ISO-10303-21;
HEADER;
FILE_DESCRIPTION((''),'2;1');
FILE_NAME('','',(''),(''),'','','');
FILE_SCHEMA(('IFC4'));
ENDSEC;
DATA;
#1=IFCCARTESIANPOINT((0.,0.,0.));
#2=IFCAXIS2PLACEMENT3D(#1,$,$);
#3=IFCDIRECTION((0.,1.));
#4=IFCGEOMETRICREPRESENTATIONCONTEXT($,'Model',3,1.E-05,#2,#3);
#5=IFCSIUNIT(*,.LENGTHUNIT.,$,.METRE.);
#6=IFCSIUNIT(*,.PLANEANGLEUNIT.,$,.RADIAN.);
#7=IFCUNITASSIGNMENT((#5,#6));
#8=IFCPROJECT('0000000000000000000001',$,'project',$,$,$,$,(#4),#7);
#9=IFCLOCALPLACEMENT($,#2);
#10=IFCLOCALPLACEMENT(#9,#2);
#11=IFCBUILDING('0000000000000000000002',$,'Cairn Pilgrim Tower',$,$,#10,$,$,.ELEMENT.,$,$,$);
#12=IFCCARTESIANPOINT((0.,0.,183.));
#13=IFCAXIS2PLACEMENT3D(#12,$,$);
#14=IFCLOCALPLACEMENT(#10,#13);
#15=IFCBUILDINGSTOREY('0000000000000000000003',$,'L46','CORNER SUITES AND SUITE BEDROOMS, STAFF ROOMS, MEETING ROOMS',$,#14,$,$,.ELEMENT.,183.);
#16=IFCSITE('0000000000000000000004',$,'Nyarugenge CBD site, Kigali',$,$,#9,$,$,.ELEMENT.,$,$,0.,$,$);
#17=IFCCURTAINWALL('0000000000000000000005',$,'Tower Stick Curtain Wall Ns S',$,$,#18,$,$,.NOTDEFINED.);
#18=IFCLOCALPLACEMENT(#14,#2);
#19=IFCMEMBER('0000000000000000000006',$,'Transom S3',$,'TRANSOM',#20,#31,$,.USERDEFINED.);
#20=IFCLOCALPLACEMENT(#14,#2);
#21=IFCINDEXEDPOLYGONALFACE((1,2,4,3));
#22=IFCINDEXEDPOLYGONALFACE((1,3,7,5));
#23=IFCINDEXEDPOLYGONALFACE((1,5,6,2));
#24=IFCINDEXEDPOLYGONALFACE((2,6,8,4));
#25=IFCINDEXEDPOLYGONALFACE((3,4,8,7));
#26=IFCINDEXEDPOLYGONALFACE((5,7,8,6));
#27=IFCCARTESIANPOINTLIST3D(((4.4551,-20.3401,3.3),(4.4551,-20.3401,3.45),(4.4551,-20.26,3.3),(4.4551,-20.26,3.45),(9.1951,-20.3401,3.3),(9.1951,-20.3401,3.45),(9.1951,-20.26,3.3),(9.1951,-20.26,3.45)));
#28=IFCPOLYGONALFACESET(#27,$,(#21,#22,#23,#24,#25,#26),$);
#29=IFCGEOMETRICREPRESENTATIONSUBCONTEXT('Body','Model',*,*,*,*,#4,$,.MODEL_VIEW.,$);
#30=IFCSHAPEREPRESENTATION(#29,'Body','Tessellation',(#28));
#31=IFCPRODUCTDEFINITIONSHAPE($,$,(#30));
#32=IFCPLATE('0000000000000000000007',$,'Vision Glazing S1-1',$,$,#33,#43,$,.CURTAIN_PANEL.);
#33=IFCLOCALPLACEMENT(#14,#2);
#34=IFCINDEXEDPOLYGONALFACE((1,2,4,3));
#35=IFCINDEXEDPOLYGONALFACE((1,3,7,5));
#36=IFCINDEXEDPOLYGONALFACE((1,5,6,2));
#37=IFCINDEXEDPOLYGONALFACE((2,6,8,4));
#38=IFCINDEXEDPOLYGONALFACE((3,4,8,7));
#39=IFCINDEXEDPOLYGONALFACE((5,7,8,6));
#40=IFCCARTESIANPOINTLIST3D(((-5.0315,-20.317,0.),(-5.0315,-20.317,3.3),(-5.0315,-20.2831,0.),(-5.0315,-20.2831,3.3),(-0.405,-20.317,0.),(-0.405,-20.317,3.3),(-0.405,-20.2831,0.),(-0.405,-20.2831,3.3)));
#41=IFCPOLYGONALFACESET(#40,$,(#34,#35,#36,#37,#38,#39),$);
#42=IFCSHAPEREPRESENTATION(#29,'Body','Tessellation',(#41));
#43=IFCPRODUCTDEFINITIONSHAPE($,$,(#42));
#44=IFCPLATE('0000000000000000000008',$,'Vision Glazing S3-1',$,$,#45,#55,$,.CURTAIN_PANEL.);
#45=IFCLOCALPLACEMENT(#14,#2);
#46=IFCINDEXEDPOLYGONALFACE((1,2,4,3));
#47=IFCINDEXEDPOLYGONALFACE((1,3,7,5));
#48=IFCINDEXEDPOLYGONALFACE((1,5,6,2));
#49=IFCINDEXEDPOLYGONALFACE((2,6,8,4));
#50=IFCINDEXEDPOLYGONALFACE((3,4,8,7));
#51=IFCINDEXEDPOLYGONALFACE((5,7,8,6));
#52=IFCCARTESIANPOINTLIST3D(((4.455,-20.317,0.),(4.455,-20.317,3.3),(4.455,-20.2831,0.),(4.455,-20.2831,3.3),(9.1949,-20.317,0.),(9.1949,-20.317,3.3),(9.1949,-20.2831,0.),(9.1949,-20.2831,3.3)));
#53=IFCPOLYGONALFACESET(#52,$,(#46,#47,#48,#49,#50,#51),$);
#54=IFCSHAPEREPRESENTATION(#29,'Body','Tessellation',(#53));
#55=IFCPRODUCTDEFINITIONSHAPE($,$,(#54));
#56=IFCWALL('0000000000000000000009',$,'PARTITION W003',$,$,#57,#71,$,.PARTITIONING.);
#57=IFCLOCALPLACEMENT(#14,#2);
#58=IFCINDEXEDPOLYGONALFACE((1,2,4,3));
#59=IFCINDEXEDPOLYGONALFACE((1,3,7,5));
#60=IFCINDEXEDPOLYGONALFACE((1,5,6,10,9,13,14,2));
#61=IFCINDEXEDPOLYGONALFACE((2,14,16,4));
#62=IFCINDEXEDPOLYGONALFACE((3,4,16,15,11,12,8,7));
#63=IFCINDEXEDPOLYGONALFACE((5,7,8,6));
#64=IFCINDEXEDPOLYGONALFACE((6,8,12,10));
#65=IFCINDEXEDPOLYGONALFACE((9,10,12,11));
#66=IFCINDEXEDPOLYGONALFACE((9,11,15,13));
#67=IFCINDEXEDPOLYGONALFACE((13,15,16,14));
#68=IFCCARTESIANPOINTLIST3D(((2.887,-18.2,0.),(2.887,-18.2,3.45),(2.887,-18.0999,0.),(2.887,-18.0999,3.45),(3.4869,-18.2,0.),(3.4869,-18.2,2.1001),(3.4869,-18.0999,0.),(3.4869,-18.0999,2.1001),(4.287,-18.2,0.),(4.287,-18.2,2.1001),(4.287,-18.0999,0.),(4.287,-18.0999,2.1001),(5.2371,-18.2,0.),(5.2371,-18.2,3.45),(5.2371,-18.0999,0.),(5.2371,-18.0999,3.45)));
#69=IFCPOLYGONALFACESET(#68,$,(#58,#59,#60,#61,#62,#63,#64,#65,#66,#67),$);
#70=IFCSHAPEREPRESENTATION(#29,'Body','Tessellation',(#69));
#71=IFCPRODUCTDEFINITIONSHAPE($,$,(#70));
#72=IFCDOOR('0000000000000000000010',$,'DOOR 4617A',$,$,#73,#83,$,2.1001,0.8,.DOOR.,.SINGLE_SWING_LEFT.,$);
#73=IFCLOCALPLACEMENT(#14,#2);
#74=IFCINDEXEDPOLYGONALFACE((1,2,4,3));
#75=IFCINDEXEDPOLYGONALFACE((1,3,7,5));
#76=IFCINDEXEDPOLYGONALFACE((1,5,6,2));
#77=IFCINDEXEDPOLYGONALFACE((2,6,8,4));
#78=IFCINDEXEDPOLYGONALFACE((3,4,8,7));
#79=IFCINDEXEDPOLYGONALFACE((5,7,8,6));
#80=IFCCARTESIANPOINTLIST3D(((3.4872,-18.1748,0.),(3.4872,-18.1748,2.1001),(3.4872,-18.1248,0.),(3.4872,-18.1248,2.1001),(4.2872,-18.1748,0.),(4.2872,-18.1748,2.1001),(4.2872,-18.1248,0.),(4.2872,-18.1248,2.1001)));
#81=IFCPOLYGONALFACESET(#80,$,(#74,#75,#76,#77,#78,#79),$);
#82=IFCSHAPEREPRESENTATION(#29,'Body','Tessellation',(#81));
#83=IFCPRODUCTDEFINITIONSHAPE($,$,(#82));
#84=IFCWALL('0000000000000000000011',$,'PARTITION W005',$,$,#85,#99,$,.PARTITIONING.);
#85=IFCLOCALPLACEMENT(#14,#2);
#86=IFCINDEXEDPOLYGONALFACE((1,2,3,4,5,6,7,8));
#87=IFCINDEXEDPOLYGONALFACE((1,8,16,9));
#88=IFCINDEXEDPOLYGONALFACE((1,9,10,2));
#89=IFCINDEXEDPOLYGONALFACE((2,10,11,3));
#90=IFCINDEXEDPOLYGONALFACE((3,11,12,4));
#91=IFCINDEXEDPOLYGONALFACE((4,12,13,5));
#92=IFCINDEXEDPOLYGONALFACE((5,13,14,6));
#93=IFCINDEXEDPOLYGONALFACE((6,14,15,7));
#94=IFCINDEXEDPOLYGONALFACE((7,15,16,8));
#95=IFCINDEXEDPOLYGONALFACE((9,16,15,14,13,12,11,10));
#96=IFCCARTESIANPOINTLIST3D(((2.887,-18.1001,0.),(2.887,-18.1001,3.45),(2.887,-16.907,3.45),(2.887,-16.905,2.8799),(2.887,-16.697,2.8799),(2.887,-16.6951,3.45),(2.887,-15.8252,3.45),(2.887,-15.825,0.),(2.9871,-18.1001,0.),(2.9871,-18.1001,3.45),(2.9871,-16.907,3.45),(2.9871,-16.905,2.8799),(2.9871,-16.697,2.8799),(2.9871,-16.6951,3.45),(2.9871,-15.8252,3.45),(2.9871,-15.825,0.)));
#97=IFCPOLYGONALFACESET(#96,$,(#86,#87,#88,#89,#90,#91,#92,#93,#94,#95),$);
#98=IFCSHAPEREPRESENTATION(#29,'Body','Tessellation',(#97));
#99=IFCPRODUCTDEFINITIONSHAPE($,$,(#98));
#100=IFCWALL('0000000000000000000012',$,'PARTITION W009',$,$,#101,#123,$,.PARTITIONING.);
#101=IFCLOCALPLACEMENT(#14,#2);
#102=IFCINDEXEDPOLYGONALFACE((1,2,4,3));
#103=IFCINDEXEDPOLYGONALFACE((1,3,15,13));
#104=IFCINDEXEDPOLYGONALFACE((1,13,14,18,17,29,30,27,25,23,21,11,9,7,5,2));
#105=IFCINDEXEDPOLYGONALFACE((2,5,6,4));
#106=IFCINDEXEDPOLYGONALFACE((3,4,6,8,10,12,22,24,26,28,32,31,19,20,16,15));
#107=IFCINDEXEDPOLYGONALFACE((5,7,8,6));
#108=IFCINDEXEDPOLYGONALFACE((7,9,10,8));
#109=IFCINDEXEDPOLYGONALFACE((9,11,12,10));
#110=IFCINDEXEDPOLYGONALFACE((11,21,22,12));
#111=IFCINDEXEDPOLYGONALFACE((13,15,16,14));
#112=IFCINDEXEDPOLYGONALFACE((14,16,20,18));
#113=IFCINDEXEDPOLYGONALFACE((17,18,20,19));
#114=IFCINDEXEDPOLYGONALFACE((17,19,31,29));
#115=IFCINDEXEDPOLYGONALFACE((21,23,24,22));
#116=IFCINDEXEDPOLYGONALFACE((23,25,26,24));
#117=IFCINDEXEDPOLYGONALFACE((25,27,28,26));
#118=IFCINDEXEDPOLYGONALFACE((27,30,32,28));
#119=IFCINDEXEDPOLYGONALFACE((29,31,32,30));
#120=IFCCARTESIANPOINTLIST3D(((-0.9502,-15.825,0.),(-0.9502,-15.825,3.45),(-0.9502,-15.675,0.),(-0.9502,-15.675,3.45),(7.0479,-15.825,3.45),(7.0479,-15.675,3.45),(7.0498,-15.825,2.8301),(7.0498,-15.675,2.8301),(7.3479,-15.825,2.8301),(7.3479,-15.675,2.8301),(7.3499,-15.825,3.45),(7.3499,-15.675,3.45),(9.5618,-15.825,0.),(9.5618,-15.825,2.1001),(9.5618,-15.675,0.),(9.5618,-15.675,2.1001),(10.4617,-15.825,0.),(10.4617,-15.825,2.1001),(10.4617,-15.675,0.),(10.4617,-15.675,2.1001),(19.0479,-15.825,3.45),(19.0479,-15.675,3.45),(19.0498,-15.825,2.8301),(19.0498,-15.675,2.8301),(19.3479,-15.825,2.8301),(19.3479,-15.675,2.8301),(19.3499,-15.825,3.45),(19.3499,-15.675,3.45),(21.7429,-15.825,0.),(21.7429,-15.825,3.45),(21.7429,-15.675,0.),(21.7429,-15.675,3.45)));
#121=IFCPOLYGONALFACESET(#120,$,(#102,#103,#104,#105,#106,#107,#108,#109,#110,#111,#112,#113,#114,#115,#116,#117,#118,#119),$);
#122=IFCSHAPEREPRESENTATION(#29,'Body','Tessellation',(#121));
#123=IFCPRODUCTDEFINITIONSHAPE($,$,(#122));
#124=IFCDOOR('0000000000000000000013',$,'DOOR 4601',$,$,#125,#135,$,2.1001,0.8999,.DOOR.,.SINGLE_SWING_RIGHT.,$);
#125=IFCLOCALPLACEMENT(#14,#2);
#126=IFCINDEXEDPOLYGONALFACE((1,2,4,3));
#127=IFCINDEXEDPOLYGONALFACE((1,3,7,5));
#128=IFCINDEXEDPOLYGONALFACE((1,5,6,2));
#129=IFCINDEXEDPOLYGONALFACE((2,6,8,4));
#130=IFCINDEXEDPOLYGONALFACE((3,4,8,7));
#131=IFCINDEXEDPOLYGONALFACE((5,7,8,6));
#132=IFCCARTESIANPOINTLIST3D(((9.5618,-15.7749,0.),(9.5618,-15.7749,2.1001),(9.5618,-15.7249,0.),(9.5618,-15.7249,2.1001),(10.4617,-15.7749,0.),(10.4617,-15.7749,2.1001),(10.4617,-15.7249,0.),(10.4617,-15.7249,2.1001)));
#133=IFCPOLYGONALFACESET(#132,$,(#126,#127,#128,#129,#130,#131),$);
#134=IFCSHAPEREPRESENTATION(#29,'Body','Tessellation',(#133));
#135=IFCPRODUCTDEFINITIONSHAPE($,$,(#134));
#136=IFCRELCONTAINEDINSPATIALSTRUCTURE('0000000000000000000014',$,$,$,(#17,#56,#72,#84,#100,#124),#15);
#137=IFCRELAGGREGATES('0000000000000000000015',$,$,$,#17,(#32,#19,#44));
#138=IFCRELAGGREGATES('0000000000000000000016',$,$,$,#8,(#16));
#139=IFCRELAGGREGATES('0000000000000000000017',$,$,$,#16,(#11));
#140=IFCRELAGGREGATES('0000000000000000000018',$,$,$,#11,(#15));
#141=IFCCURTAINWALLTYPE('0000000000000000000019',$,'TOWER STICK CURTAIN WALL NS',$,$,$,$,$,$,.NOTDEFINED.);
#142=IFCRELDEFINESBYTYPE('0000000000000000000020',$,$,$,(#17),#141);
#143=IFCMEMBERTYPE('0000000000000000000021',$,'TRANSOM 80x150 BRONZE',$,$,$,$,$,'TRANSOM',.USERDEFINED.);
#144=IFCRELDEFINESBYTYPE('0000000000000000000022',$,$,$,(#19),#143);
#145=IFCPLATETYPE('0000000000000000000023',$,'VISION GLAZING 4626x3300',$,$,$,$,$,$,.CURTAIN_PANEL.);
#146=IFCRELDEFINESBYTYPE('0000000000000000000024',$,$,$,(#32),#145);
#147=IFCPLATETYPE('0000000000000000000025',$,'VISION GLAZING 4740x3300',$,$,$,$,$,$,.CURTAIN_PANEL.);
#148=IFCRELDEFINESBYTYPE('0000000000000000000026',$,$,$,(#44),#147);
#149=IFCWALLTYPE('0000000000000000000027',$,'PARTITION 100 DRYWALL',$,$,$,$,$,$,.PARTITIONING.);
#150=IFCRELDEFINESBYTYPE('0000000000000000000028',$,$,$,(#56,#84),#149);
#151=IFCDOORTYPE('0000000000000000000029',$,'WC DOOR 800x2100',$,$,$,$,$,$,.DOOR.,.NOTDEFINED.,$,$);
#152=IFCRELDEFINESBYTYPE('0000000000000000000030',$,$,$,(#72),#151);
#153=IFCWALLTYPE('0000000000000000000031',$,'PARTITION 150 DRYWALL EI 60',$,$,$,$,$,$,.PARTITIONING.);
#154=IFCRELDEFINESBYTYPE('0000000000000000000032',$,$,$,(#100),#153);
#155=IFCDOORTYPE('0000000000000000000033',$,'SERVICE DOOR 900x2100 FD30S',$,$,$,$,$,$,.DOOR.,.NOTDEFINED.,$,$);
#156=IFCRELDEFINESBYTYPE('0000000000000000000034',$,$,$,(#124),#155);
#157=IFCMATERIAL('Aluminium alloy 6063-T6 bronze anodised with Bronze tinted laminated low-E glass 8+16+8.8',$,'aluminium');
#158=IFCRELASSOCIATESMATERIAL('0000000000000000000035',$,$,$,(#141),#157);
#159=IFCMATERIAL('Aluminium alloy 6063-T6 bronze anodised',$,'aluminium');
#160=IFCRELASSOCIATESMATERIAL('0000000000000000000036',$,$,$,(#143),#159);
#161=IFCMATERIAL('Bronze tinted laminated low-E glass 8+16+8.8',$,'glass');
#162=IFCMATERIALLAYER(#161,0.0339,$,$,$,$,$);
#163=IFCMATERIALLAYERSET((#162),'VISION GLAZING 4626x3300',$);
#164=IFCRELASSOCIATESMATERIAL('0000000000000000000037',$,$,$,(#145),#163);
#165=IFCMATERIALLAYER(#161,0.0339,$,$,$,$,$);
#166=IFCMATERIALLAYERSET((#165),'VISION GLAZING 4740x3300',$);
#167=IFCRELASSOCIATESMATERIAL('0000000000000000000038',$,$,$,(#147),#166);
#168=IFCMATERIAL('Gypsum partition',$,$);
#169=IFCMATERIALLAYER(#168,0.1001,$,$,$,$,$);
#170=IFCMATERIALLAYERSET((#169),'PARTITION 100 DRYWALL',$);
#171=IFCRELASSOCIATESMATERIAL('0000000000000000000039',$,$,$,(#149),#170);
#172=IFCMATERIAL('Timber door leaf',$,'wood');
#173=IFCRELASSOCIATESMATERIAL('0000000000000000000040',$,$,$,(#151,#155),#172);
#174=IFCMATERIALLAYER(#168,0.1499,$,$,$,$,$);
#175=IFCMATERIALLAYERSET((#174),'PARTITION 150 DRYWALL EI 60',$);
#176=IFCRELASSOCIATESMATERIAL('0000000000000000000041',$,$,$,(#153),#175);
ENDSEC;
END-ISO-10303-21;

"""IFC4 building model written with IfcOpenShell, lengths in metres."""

from ifc_helpers import new_model, si_unit, direction, frame, frame_2d, origin, origin_2d, place, context, subcontext, project, spatial, polyline, rectangle, outline, extrude, material, layer, layer_set, material_profile, profile_set, type_object, element, fill, aggregate, save


model = new_model("IFC4")

# Units and contexts
model_context = context("Model", 3, precision=1e-05, world=origin(), true_north=direction((0.0, 1.0)))
body_context = subcontext(model_context, "Body", "Model", "MODEL_VIEW")
ifc_project = project(units=[si_unit("LENGTHUNIT", "METRE"), si_unit("PLANEANGLEUNIT", "RADIAN")], contexts=[model_context])

# Site, building, storey
site_placement = place(None, origin())
site = spatial("IfcSite", under=ifc_project, at=site_placement, Name="Nyarugenge CBD site, Kigali", CompositionType="ELEMENT", RefElevation=0.0)
building_placement = place(site_placement, origin())
building = spatial("IfcBuilding", under=site, at=building_placement, Name="Cairn Pilgrim Tower", CompositionType="ELEMENT")
storey_placement = place(building_placement, frame((0.0, 0.0, 183.0)))
storey = spatial("IfcBuildingStorey", under=building, at=storey_placement, Name="L46", Description="CORNER SUITES AND SUITE BEDROOMS, STAFF ROOMS, MEETING ROOMS", CompositionType="ELEMENT", Elevation=183.0)

# Curtain wall
ifc_material_1 = material(Name="Aluminium alloy 6063-T6 bronze anodised with Bronze tinted laminated low-E glass 8+16+8.8", Category="aluminium")
curtain_wall_type = type_object("IfcCurtainWallType", Name="TOWER STICK CURTAIN WALL NS", PredefinedType="NOTDEFINED", material=ifc_material_1)
curtain_wall_placement = place(storey_placement, origin())
curtain_wall = element("IfcCurtainWall", 1, at=curtain_wall_placement, inside=storey, type_object=curtain_wall_type, Name="Tower Stick Curtain Wall Ns S", PredefinedType="NOTDEFINED")
ifc_material_2 = material(Name="Aluminium alloy 6063-T6 bronze anodised", Category="aluminium")

# Member
ifc_material_profile_1 = material_profile(ifc_material_2, rectangle(XDim=0.0801, YDim=0.1499, at=origin_2d()), Name="TRANSOM 80x150 BRONZE")
ifc_profile_set_1 = profile_set([ifc_material_profile_1], Name="Aluminium alloy 6063-T6 bronze anodised")
member_type_1 = type_object("IfcMemberType", Name="TRANSOM 80x150 BRONZE", ElementType="TRANSOM", PredefinedType="USERDEFINED", material=ifc_profile_set_1)
member_1_placement = place(storey_placement, frame((4.4551, -20.3, 3.375), z_axis=(1.0, 0.0, 0.0), x_axis=(0.0, 1.0, 0.0)))
member_1 = element("IfcMember", 2, at=member_1_placement, type_object=member_type_1, Name="Transom S3", ObjectType="TRANSOM", PredefinedType="USERDEFINED", context=body_context, shape_type="SweptSolid", body=[
    extrude(rectangle(XDim=0.0801, YDim=0.1499, at=origin_2d()), origin(), (0.0, 0.0, 1.0), 4.74),
])

# Plates
ifc_material_3 = material(Name="Bronze tinted laminated low-E glass 8+16+8.8", Category="glass")
ifc_layer_1 = layer(ifc_material_3, 0.0339)
ifc_layer_set_1 = layer_set([ifc_layer_1], Name="VISION GLAZING 4626x3300")
plate_type_1 = type_object("IfcPlateType", Name="VISION GLAZING 4626x3300", PredefinedType="CURTAIN_PANEL", material=ifc_layer_set_1)
plate_1_placement = place(storey_placement, frame((-2.7183, -20.3, 0.0), z_axis=(0.0, 0.0, 1.0), x_axis=(1.0, 0.0, 0.0)))
plate_1 = element("IfcPlate", 3, at=plate_1_placement, type_object=plate_type_1, Name="Vision Glazing S1-1", PredefinedType="CURTAIN_PANEL", context=body_context, shape_type="SweptSolid", body=[
    extrude(rectangle(XDim=4.6265, YDim=0.0339, at=origin_2d()), origin(), (0.0, 0.0, 1.0), 3.3),
])
ifc_layer_2 = layer(ifc_material_3, 0.0339)
ifc_layer_set_2 = layer_set([ifc_layer_2], Name="VISION GLAZING 4740x3300")
plate_type_2 = type_object("IfcPlateType", Name="VISION GLAZING 4740x3300", PredefinedType="CURTAIN_PANEL", material=ifc_layer_set_2)
plate_2_placement = place(storey_placement, frame((6.825, -20.3, 0.0), z_axis=(0.0, 0.0, 1.0), x_axis=(1.0, 0.0, 0.0)))
plate_2 = element("IfcPlate", 4, at=plate_2_placement, type_object=plate_type_2, Name="Vision Glazing S3-1", PredefinedType="CURTAIN_PANEL", context=body_context, shape_type="SweptSolid", body=[
    extrude(rectangle(XDim=4.74, YDim=0.0339, at=origin_2d()), origin(), (0.0, 0.0, 1.0), 3.3),
])
aggregate(curtain_wall, [plate_1, member_1, plate_2])

# Wall, opening, door
ifc_material_4 = material(Name="Gypsum partition")
ifc_layer_3 = layer(ifc_material_4, 0.1001)
ifc_layer_set_3 = layer_set([ifc_layer_3], Name="PARTITION 100 DRYWALL")
wall_type_1 = type_object("IfcWallType", Name="PARTITION 100 DRYWALL", PredefinedType="PARTITIONING", material=ifc_layer_set_3)
wall_1_placement = place(storey_placement, frame((2.887, -18.1499, 0.0), z_axis=(0.0, 0.0, 1.0), x_axis=(1.0, 0.0, 0.0)))
wall_1 = element("IfcWall", 5, at=wall_1_placement, inside=storey, type_object=wall_type_1, Name="PARTITION W003", PredefinedType="PARTITIONING", context=body_context, shape_type="SweptSolid", body=[
    extrude(rectangle(XDim=2.3501, YDim=0.1001, at=frame_2d((1.175, 0.0))), origin(), (0.0, 0.0, 1.0), 3.45),
])
opening_1_placement = place(wall_1_placement, frame((0.6001, 0.0, 0.0)))
opening_1 = element("IfcOpeningElement", 6, at=opening_1_placement, cuts=wall_1, PredefinedType="OPENING", context=body_context, shape_type="SweptSolid", body=[
    extrude(rectangle(XDim=0.8, YDim=2.1001, at=frame_2d((0.3999, 1.05))), frame((0.0, 0.0601, 0.0), z_axis=(0.0, -1.0, 0.0), x_axis=(1.0, 0.0, 0.0)), (0.0, 0.0, 1.0), 0.1201),
])
ifc_material_5 = material(Name="Timber door leaf", Category="wood")
door_type_1 = type_object("IfcDoorType", Name="WC DOOR 800x2100", OperationType="NOTDEFINED", PredefinedType="DOOR", material=ifc_material_5)
door_1_placement = place(opening_1_placement, frame((0.8, 0.0, 0.0), z_axis=(0.0, 0.0, 1.0), x_axis=(-1.0, 0.0, 0.0)))
door_1 = element("IfcDoor", 7, at=door_1_placement, inside=storey, type_object=door_type_1, Name="DOOR 4617A", OperationType="SINGLE_SWING_LEFT", OverallHeight=2.1001, OverallWidth=0.8, PredefinedType="DOOR", context=body_context, shape_type="SweptSolid", body=[
    extrude(rectangle(XDim=0.8, YDim=2.1001, at=frame_2d((0.3999, 1.05))), frame((0.0, 0.0249, 0.0), z_axis=(0.0, -1.0, 0.0), x_axis=(1.0, 0.0, 0.0)), (0.0, 0.0, 1.0), 0.05),
])
fill(opening_1, door_1)

# Wall
wall_2_placement = place(storey_placement, frame((2.937, -18.1001, 0.0), z_axis=(0.0, 0.0, 1.0), x_axis=(0.0, 1.0, 0.0)))
element("IfcWall", 8, at=wall_2_placement, inside=storey, type_object=wall_type_1, Name="PARTITION W005", PredefinedType="PARTITIONING", context=body_context, shape_type="SweptSolid", body=[
    extrude(outline(polyline([(0.0, 0.0), (2.2751, 0.0), (2.2749, 3.45), (1.405, 3.45), (1.4031, 2.8799), (1.1951, 2.8799), (1.1931, 3.45), (0.0, 3.45), (0.0, 0.0)])), frame((0.0, 0.05, 0.0), z_axis=(0.0, -1.0, 0.0), x_axis=(1.0, 0.0, 0.0)), (0.0, 0.0, 1.0), 0.1001),
])

# Wall, opening, door
ifc_layer_4 = layer(ifc_material_4, 0.1499)
ifc_layer_set_4 = layer_set([ifc_layer_4], Name="PARTITION 150 DRYWALL EI 60")
wall_type_2 = type_object("IfcWallType", Name="PARTITION 150 DRYWALL EI 60", PredefinedType="PARTITIONING", material=ifc_layer_set_4)
wall_3_placement = place(storey_placement, frame((-0.9502, -15.75, 0.0), z_axis=(0.0, 0.0, 1.0), x_axis=(1.0, 0.0, 0.0)))
wall_3 = element("IfcWall", 9, at=wall_3_placement, inside=storey, type_object=wall_type_2, Name="PARTITION W009", PredefinedType="PARTITIONING", context=body_context, shape_type="SweptSolid", body=[
    extrude(outline(polyline([(0.0, 0.0), (22.6931, 0.0), (22.6931, 3.45), (20.3, 3.45), (20.2981, 2.8301), (20.0, 2.8301), (19.998, 3.45), (8.3, 3.45), (8.2981, 2.8301), (8.0, 2.8301), (7.998, 3.45), (0.0, 3.45), (0.0, 0.0)])), frame((0.0, 0.075, 0.0), z_axis=(0.0, -1.0, 0.0), x_axis=(1.0, 0.0, 0.0)), (0.0, 0.0, 1.0), 0.1499),
])
opening_2_placement = place(wall_3_placement, frame((10.512, 0.0, 0.0)))
opening_2 = element("IfcOpeningElement", 10, at=opening_2_placement, cuts=wall_3, PredefinedType="OPENING", context=body_context, shape_type="SweptSolid", body=[
    extrude(rectangle(XDim=0.8999, YDim=2.1001, at=frame_2d((0.45, 1.05))), frame((0.0, 0.085, 0.0), z_axis=(0.0, -1.0, 0.0), x_axis=(1.0, 0.0, 0.0)), (0.0, 0.0, 1.0), 0.1699),
])
door_type_2 = type_object("IfcDoorType", Name="SERVICE DOOR 900x2100 FD30S", OperationType="NOTDEFINED", PredefinedType="DOOR", material=ifc_material_5)
door_2_placement = place(opening_2_placement, frame((0.8999, 0.0, 0.0), z_axis=(0.0, 0.0, 1.0), x_axis=(-1.0, 0.0, 0.0)))
door_2 = element("IfcDoor", 11, at=door_2_placement, inside=storey, type_object=door_type_2, Name="DOOR 4601", OperationType="SINGLE_SWING_RIGHT", OverallHeight=2.1001, OverallWidth=0.8999, PredefinedType="DOOR", context=body_context, shape_type="SweptSolid", body=[
    extrude(rectangle(XDim=0.8999, YDim=2.1001, at=frame_2d((0.45, 1.05))), frame((0.0, 0.0249, 0.0), z_axis=(0.0, -1.0, 0.0), x_axis=(1.0, 0.0, 0.0)), (0.0, 0.0, 1.0), 0.05),
])
fill(opening_2, door_2)

save(model, "model.ifc")
